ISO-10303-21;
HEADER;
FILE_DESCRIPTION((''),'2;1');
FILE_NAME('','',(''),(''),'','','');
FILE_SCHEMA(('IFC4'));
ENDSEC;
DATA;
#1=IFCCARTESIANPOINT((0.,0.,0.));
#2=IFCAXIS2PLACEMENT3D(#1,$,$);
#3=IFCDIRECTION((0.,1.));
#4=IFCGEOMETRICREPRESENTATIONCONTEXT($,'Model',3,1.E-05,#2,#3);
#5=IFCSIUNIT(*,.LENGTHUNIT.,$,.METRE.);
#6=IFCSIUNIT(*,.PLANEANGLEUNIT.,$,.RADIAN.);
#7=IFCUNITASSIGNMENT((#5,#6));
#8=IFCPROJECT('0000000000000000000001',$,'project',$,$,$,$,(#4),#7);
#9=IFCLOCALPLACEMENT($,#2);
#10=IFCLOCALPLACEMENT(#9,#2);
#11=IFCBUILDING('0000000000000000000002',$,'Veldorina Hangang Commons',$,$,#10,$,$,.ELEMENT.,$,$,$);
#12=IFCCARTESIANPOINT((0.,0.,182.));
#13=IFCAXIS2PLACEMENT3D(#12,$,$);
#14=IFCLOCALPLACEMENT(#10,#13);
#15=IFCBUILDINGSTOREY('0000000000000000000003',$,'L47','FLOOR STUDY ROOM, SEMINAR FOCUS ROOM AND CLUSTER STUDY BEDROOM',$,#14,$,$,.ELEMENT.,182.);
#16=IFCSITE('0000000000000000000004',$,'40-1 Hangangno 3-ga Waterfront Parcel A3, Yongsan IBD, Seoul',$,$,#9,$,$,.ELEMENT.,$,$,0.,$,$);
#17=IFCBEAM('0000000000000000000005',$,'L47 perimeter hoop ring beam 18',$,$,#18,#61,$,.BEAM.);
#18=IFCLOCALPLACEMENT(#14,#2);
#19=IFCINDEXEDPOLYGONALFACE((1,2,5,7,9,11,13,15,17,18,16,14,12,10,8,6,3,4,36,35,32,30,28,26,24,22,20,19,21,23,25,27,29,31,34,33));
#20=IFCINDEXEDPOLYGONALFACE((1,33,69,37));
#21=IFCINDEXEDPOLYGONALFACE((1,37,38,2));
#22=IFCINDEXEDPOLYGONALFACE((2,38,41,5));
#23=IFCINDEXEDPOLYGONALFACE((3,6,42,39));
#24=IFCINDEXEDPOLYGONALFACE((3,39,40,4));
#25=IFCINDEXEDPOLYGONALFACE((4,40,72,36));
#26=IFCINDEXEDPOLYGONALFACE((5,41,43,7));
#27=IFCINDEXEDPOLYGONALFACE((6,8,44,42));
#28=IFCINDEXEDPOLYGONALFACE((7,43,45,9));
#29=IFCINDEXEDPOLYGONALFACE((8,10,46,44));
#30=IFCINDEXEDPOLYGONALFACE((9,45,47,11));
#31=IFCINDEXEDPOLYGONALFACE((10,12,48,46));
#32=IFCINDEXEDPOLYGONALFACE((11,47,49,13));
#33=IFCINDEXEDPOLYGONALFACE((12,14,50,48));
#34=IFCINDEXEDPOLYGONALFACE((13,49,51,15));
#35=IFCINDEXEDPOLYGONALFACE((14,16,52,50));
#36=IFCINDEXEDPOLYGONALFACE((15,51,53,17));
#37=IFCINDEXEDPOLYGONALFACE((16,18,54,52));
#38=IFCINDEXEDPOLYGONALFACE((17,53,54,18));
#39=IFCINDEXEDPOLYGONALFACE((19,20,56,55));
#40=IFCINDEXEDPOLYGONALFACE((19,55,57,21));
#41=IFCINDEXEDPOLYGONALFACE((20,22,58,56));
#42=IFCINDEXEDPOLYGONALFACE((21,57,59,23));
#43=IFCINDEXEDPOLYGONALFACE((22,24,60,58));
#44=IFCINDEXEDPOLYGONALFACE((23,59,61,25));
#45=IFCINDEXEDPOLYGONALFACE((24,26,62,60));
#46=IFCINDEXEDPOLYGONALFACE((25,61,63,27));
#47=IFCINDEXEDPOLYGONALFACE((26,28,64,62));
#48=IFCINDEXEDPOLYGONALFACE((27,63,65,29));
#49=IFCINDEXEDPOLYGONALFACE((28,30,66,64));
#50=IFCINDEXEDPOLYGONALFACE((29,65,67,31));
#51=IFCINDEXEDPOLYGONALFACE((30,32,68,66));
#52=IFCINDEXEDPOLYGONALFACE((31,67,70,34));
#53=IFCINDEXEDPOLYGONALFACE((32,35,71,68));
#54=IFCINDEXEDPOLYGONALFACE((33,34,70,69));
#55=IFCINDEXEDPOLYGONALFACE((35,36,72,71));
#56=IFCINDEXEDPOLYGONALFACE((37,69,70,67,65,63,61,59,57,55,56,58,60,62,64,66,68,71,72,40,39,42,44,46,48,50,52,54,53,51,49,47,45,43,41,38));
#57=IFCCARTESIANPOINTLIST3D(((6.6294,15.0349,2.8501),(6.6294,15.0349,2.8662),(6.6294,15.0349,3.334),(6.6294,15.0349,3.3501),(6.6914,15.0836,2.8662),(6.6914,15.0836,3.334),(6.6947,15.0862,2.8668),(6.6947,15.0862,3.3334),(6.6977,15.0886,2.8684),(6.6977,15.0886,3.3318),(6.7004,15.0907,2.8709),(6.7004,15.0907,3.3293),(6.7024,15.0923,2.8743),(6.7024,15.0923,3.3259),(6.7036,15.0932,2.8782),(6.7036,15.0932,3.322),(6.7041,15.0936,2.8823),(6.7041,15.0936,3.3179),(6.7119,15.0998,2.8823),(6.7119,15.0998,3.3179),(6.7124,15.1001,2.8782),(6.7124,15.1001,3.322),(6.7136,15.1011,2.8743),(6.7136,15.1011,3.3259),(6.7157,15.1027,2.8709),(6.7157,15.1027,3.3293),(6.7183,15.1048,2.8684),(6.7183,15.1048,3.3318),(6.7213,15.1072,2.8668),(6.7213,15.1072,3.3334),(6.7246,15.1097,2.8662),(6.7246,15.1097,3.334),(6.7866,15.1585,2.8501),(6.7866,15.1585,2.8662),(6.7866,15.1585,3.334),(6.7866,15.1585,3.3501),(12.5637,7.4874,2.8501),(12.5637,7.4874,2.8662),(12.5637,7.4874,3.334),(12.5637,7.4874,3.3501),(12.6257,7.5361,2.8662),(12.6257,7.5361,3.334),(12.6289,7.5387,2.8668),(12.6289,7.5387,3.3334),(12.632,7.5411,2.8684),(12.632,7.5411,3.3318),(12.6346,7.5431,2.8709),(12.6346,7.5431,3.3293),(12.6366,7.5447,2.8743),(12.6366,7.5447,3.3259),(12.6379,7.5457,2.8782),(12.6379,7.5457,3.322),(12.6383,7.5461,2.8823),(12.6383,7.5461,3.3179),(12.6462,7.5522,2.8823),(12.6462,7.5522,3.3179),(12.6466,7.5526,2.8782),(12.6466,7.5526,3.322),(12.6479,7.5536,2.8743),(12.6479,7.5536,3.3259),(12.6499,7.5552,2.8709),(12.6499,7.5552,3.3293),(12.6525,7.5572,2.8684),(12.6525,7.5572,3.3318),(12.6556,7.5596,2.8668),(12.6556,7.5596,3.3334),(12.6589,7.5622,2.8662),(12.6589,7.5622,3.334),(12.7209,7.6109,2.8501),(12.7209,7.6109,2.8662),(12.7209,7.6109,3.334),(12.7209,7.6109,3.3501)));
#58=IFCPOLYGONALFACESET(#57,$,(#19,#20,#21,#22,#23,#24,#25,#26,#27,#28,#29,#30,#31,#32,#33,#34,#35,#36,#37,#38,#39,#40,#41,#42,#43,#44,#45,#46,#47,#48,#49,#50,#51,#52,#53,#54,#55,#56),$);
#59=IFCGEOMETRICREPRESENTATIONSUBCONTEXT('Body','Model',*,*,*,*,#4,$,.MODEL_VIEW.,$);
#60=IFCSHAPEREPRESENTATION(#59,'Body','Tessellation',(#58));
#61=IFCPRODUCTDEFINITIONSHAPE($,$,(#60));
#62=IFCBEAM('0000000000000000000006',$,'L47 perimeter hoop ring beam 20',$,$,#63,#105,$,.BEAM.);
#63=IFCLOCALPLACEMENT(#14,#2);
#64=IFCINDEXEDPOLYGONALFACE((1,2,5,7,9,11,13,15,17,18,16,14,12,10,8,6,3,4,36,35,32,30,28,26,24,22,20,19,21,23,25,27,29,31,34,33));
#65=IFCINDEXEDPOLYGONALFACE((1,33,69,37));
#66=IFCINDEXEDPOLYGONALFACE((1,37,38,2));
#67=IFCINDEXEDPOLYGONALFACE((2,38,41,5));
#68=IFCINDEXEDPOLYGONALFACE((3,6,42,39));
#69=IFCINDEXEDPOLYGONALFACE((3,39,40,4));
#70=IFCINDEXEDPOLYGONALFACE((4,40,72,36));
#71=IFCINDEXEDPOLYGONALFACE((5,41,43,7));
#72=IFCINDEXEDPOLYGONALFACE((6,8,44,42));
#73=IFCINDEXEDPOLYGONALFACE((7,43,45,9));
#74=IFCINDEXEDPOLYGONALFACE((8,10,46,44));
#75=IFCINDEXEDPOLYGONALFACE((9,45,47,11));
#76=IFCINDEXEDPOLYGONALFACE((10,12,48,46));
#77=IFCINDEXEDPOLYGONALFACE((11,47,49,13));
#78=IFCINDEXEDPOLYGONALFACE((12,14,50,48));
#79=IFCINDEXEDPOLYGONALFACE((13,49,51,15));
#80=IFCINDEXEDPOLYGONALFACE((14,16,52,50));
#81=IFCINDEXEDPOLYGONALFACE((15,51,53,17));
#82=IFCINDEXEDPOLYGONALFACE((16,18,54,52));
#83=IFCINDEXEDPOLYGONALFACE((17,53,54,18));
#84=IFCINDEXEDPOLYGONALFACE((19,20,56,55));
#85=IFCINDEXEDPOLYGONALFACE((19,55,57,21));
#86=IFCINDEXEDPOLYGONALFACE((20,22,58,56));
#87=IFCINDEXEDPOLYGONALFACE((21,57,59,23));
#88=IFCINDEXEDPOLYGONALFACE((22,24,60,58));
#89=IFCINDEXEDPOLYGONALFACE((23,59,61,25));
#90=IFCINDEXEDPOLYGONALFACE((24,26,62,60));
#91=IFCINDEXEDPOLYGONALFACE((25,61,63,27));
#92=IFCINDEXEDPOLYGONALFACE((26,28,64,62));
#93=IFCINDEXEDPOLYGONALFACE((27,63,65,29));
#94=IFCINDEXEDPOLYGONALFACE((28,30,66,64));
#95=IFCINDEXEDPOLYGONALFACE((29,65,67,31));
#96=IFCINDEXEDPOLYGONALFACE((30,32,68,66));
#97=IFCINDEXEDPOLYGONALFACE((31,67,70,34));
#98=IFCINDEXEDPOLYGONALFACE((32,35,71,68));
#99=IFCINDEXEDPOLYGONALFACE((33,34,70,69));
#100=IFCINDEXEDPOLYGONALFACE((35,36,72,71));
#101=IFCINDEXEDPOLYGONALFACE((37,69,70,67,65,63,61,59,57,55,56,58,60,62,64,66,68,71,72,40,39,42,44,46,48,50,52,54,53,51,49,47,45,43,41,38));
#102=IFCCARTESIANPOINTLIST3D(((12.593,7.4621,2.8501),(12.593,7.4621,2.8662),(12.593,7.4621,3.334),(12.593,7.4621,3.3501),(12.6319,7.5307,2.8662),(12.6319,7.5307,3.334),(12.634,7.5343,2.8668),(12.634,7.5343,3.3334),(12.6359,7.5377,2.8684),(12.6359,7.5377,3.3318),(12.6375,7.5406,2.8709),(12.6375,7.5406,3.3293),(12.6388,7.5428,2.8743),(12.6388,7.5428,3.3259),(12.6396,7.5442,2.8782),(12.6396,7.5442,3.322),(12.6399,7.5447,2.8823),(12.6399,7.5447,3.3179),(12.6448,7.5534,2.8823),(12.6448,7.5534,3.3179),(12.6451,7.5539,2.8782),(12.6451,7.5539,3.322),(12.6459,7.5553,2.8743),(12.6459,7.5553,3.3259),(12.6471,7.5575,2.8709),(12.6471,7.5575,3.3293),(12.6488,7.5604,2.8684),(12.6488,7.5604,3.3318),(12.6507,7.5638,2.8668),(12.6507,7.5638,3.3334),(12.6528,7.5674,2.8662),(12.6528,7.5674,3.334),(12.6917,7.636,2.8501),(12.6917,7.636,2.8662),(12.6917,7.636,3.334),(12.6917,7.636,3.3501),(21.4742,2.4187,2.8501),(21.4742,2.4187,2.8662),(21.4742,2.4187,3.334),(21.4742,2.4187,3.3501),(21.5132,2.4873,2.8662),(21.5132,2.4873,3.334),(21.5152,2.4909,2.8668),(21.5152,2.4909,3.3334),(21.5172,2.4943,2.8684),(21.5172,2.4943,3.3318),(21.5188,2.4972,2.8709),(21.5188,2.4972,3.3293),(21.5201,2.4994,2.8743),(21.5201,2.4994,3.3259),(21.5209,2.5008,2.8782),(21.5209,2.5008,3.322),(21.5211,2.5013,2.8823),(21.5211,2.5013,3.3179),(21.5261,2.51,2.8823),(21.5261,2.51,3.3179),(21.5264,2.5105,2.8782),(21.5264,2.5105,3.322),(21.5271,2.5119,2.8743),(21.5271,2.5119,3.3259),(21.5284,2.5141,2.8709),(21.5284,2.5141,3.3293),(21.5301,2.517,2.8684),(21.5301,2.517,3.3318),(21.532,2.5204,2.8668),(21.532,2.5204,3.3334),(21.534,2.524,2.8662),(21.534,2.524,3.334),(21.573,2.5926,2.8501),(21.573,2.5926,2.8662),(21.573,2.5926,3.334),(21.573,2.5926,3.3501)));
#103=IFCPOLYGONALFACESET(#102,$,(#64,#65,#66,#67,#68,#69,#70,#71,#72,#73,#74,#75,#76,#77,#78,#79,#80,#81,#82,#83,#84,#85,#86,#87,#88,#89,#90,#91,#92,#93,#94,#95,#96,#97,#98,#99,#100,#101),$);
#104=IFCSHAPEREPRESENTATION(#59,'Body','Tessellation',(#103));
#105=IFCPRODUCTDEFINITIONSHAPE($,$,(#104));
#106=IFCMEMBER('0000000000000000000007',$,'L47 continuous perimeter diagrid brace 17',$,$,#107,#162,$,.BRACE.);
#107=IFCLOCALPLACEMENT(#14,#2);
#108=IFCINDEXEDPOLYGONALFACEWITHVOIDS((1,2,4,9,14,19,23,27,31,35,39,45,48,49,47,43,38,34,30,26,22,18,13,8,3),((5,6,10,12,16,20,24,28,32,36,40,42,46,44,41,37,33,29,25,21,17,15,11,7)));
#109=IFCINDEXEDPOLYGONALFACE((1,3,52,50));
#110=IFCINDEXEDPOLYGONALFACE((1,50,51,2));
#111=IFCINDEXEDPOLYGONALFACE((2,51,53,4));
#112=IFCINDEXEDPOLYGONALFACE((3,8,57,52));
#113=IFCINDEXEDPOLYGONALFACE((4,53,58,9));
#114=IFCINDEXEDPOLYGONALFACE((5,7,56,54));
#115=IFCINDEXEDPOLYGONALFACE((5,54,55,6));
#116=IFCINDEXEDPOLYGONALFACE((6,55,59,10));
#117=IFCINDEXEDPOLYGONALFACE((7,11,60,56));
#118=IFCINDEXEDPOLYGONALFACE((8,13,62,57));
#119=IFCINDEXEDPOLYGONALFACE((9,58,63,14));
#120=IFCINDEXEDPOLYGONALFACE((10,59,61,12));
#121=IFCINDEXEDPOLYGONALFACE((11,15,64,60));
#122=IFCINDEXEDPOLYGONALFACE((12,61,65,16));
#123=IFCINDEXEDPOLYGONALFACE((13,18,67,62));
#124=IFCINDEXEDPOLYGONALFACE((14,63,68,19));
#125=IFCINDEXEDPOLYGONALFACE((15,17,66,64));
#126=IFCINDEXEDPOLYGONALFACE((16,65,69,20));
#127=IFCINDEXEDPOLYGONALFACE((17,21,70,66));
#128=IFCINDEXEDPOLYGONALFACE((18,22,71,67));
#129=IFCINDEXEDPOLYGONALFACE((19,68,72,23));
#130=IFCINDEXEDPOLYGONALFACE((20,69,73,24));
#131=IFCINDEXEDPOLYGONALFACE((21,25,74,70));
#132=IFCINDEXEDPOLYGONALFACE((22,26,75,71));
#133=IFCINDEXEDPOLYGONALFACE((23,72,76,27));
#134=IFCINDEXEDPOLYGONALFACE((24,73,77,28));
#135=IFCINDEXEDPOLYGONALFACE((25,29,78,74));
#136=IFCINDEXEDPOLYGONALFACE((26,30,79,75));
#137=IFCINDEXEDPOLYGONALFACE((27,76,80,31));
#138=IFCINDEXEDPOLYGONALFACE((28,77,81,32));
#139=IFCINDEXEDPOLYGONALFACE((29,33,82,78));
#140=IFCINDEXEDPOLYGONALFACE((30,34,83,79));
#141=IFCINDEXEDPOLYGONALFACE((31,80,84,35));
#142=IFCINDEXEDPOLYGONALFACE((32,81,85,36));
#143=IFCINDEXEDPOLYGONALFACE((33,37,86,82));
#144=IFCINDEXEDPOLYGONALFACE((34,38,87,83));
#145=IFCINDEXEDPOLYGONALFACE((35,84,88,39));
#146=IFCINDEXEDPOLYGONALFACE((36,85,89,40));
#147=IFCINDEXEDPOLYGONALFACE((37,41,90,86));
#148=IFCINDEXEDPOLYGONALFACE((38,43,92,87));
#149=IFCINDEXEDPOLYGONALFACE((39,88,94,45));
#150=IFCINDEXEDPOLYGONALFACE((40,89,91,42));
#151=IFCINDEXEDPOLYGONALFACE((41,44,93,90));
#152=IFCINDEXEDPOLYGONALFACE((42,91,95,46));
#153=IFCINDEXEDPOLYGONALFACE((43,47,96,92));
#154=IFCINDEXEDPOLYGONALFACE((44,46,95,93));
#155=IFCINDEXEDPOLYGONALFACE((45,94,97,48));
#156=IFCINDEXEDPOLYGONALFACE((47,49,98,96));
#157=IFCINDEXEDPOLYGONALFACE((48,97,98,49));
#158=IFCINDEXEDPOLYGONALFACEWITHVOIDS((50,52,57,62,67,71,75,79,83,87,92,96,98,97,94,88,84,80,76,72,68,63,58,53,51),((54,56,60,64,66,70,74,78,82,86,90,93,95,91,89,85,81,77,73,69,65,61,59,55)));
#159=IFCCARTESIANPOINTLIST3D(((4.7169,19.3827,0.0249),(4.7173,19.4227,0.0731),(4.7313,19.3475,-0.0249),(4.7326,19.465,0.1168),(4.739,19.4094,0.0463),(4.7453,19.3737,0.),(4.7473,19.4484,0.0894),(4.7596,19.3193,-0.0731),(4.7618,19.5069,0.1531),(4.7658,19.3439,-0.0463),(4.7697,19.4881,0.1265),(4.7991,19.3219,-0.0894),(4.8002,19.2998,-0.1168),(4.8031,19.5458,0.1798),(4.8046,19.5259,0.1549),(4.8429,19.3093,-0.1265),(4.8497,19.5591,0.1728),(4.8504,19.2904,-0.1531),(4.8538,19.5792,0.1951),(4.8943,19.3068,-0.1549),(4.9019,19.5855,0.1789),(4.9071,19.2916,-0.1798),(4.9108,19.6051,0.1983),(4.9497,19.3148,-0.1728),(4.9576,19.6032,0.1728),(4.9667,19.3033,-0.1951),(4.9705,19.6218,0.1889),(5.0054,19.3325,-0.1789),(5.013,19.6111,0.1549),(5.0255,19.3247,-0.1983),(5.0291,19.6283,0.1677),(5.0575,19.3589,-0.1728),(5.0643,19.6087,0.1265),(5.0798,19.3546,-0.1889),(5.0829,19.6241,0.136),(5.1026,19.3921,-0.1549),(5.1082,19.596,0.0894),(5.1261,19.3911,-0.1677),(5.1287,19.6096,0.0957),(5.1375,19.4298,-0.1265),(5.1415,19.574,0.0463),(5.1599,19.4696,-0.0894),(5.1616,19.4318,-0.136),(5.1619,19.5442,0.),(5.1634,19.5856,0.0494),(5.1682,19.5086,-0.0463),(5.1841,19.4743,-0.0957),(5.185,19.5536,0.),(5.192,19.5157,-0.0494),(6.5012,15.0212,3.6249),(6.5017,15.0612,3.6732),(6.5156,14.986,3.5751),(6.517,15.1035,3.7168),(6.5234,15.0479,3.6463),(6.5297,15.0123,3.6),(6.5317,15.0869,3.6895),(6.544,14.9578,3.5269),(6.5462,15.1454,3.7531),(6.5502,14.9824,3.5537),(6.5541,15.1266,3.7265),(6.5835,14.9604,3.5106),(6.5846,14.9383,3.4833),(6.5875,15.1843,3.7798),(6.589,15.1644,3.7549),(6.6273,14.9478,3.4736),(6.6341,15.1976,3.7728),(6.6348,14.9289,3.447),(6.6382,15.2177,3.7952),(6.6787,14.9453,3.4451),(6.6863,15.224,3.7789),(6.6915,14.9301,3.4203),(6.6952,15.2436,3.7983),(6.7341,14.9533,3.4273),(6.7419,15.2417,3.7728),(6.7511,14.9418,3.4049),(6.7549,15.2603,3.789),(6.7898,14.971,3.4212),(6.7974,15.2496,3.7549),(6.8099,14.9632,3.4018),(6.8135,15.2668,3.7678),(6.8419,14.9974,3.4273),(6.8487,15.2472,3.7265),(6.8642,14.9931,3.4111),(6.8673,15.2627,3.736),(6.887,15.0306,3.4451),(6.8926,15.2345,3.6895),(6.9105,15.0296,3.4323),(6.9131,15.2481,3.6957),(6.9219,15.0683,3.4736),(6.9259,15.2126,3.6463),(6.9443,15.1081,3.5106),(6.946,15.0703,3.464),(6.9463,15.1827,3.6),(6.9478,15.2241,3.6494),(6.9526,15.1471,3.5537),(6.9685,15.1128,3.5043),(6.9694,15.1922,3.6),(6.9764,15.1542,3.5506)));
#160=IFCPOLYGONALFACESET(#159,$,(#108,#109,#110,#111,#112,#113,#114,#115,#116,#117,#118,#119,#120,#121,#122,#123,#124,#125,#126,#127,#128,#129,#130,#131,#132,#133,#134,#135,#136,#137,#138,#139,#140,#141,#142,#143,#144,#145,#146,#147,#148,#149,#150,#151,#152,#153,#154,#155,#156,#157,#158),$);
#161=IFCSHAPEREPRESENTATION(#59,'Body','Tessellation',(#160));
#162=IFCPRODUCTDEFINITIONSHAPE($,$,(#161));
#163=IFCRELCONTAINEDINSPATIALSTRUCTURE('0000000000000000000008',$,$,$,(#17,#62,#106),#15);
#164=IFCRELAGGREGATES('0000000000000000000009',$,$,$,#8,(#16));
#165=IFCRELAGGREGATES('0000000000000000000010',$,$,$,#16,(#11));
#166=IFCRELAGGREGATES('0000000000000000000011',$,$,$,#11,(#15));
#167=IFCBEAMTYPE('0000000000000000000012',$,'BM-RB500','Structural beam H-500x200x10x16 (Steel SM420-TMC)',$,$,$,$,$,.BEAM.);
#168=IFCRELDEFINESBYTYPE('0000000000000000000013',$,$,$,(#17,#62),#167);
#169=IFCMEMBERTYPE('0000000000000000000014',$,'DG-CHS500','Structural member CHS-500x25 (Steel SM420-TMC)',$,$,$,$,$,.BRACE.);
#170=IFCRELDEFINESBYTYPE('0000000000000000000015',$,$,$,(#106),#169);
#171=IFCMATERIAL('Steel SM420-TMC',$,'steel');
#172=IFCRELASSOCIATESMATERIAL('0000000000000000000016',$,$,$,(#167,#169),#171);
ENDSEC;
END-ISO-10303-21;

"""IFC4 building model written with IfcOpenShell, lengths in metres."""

from ifc_helpers import new_model, si_unit, direction, frame, origin, origin_2d, place, context, subcontext, project, spatial, hollow_circle, i_section, extrude, material, material_profile, profile_set, type_object, element, save


model = new_model("IFC4")

# Units and contexts
model_context = context("Model", 3, precision=1e-05, world=origin(), true_north=direction((0.0, 1.0)))
body_context = subcontext(model_context, "Body", "Model", "MODEL_VIEW")
ifc_project = project(units=[si_unit("LENGTHUNIT", "METRE"), si_unit("PLANEANGLEUNIT", "RADIAN")], contexts=[model_context])

# Site, building, storey
site_placement = place(None, origin())
site = spatial("IfcSite", under=ifc_project, at=site_placement, Name="40-1 Hangangno 3-ga Waterfront Parcel A3, Yongsan IBD, Seoul", CompositionType="ELEMENT", RefElevation=0.0)
building_placement = place(site_placement, origin())
building = spatial("IfcBuilding", under=site, at=building_placement, Name="Veldorina Hangang Commons", CompositionType="ELEMENT")
storey_placement = place(building_placement, frame((0.0, 0.0, 182.0)))
storey = spatial("IfcBuildingStorey", under=building, at=storey_placement, Name="L47", Description="FLOOR STUDY ROOM, SEMINAR FOCUS ROOM AND CLUSTER STUDY BEDROOM", CompositionType="ELEMENT", Elevation=182.0)

# Beams
ifc_material_1 = material(Name="Steel SM420-TMC", Category="steel")
ifc_material_profile_1 = material_profile(ifc_material_1, i_section(OverallWidth=0.2, OverallDepth=0.5, WebThickness=0.01, FlangeThickness=0.0161, FilletRadius=0.0161, at=origin_2d()), Name="H-500x200x10x16")
ifc_profile_set_1 = profile_set([ifc_material_profile_1], Name="Steel SM420-TMC")
beam_type = type_object("IfcBeamType", Name="BM-RB500", Description="Structural beam H-500x200x10x16 (Steel SM420-TMC)", PredefinedType="BEAM", material=ifc_profile_set_1)
beam_1_placement = place(storey_placement, frame((6.708, 15.0967, 3.1001), z_axis=(0.618083, -0.786113, 0.0), x_axis=(0.786113, 0.618083, 0.0)))
element("IfcBeam", 1, at=beam_1_placement, inside=storey, type_object=beam_type, Name="L47 perimeter hoop ring beam 18", PredefinedType="BEAM", context=body_context, shape_type="SweptSolid", body=[
    extrude(i_section(OverallWidth=0.2, OverallDepth=0.5, WebThickness=0.01, FlangeThickness=0.0161, FilletRadius=0.0161, at=origin_2d()), origin(), (0.0, 0.0, 1.0), 9.6011),
])
beam_2_placement = place(storey_placement, frame((12.6423, 7.5491, 3.1001), z_axis=(0.869573, -0.493805, 0.0), x_axis=(0.493805, 0.869573, 0.0)))
element("IfcBeam", 2, at=beam_2_placement, inside=storey, type_object=beam_type, Name="L47 perimeter hoop ring beam 20", PredefinedType="BEAM", context=body_context, shape_type="SweptSolid", body=[
    extrude(i_section(OverallWidth=0.2, OverallDepth=0.5, WebThickness=0.01, FlangeThickness=0.0161, FilletRadius=0.0161, at=origin_2d()), origin(), (0.0, 0.0, 1.0), 10.2134),
])

# Member
ifc_material_profile_2 = material_profile(ifc_material_1, hollow_circle(Radius=0.25, WallThickness=0.0249, at=origin_2d()), Name="CHS-500x25")
ifc_profile_set_2 = profile_set([ifc_material_profile_2], Name="Steel SM420-TMC")
member_type = type_object("IfcMemberType", Name="DG-CHS500", Description="Structural member CHS-500x25 (Steel SM420-TMC)", PredefinedType="BRACE", material=ifc_profile_set_2)
member_1_placement = place(storey_placement, frame((4.9536, 19.459, 0.0), z_axis=(0.300901, -0.735475, 0.607071), x_axis=(0.925536, 0.378659, 0.0)))
element("IfcMember", 3, at=member_1_placement, inside=storey, type_object=member_type, Name="L47 continuous perimeter diagrid brace 17", PredefinedType="BRACE", context=body_context, shape_type="SweptSolid", body=[
    extrude(hollow_circle(Radius=0.25, WallThickness=0.0249, at=origin_2d()), origin(), (0.0, 0.0, 1.0), 5.9302),
])

save(model, "model.ifc")
